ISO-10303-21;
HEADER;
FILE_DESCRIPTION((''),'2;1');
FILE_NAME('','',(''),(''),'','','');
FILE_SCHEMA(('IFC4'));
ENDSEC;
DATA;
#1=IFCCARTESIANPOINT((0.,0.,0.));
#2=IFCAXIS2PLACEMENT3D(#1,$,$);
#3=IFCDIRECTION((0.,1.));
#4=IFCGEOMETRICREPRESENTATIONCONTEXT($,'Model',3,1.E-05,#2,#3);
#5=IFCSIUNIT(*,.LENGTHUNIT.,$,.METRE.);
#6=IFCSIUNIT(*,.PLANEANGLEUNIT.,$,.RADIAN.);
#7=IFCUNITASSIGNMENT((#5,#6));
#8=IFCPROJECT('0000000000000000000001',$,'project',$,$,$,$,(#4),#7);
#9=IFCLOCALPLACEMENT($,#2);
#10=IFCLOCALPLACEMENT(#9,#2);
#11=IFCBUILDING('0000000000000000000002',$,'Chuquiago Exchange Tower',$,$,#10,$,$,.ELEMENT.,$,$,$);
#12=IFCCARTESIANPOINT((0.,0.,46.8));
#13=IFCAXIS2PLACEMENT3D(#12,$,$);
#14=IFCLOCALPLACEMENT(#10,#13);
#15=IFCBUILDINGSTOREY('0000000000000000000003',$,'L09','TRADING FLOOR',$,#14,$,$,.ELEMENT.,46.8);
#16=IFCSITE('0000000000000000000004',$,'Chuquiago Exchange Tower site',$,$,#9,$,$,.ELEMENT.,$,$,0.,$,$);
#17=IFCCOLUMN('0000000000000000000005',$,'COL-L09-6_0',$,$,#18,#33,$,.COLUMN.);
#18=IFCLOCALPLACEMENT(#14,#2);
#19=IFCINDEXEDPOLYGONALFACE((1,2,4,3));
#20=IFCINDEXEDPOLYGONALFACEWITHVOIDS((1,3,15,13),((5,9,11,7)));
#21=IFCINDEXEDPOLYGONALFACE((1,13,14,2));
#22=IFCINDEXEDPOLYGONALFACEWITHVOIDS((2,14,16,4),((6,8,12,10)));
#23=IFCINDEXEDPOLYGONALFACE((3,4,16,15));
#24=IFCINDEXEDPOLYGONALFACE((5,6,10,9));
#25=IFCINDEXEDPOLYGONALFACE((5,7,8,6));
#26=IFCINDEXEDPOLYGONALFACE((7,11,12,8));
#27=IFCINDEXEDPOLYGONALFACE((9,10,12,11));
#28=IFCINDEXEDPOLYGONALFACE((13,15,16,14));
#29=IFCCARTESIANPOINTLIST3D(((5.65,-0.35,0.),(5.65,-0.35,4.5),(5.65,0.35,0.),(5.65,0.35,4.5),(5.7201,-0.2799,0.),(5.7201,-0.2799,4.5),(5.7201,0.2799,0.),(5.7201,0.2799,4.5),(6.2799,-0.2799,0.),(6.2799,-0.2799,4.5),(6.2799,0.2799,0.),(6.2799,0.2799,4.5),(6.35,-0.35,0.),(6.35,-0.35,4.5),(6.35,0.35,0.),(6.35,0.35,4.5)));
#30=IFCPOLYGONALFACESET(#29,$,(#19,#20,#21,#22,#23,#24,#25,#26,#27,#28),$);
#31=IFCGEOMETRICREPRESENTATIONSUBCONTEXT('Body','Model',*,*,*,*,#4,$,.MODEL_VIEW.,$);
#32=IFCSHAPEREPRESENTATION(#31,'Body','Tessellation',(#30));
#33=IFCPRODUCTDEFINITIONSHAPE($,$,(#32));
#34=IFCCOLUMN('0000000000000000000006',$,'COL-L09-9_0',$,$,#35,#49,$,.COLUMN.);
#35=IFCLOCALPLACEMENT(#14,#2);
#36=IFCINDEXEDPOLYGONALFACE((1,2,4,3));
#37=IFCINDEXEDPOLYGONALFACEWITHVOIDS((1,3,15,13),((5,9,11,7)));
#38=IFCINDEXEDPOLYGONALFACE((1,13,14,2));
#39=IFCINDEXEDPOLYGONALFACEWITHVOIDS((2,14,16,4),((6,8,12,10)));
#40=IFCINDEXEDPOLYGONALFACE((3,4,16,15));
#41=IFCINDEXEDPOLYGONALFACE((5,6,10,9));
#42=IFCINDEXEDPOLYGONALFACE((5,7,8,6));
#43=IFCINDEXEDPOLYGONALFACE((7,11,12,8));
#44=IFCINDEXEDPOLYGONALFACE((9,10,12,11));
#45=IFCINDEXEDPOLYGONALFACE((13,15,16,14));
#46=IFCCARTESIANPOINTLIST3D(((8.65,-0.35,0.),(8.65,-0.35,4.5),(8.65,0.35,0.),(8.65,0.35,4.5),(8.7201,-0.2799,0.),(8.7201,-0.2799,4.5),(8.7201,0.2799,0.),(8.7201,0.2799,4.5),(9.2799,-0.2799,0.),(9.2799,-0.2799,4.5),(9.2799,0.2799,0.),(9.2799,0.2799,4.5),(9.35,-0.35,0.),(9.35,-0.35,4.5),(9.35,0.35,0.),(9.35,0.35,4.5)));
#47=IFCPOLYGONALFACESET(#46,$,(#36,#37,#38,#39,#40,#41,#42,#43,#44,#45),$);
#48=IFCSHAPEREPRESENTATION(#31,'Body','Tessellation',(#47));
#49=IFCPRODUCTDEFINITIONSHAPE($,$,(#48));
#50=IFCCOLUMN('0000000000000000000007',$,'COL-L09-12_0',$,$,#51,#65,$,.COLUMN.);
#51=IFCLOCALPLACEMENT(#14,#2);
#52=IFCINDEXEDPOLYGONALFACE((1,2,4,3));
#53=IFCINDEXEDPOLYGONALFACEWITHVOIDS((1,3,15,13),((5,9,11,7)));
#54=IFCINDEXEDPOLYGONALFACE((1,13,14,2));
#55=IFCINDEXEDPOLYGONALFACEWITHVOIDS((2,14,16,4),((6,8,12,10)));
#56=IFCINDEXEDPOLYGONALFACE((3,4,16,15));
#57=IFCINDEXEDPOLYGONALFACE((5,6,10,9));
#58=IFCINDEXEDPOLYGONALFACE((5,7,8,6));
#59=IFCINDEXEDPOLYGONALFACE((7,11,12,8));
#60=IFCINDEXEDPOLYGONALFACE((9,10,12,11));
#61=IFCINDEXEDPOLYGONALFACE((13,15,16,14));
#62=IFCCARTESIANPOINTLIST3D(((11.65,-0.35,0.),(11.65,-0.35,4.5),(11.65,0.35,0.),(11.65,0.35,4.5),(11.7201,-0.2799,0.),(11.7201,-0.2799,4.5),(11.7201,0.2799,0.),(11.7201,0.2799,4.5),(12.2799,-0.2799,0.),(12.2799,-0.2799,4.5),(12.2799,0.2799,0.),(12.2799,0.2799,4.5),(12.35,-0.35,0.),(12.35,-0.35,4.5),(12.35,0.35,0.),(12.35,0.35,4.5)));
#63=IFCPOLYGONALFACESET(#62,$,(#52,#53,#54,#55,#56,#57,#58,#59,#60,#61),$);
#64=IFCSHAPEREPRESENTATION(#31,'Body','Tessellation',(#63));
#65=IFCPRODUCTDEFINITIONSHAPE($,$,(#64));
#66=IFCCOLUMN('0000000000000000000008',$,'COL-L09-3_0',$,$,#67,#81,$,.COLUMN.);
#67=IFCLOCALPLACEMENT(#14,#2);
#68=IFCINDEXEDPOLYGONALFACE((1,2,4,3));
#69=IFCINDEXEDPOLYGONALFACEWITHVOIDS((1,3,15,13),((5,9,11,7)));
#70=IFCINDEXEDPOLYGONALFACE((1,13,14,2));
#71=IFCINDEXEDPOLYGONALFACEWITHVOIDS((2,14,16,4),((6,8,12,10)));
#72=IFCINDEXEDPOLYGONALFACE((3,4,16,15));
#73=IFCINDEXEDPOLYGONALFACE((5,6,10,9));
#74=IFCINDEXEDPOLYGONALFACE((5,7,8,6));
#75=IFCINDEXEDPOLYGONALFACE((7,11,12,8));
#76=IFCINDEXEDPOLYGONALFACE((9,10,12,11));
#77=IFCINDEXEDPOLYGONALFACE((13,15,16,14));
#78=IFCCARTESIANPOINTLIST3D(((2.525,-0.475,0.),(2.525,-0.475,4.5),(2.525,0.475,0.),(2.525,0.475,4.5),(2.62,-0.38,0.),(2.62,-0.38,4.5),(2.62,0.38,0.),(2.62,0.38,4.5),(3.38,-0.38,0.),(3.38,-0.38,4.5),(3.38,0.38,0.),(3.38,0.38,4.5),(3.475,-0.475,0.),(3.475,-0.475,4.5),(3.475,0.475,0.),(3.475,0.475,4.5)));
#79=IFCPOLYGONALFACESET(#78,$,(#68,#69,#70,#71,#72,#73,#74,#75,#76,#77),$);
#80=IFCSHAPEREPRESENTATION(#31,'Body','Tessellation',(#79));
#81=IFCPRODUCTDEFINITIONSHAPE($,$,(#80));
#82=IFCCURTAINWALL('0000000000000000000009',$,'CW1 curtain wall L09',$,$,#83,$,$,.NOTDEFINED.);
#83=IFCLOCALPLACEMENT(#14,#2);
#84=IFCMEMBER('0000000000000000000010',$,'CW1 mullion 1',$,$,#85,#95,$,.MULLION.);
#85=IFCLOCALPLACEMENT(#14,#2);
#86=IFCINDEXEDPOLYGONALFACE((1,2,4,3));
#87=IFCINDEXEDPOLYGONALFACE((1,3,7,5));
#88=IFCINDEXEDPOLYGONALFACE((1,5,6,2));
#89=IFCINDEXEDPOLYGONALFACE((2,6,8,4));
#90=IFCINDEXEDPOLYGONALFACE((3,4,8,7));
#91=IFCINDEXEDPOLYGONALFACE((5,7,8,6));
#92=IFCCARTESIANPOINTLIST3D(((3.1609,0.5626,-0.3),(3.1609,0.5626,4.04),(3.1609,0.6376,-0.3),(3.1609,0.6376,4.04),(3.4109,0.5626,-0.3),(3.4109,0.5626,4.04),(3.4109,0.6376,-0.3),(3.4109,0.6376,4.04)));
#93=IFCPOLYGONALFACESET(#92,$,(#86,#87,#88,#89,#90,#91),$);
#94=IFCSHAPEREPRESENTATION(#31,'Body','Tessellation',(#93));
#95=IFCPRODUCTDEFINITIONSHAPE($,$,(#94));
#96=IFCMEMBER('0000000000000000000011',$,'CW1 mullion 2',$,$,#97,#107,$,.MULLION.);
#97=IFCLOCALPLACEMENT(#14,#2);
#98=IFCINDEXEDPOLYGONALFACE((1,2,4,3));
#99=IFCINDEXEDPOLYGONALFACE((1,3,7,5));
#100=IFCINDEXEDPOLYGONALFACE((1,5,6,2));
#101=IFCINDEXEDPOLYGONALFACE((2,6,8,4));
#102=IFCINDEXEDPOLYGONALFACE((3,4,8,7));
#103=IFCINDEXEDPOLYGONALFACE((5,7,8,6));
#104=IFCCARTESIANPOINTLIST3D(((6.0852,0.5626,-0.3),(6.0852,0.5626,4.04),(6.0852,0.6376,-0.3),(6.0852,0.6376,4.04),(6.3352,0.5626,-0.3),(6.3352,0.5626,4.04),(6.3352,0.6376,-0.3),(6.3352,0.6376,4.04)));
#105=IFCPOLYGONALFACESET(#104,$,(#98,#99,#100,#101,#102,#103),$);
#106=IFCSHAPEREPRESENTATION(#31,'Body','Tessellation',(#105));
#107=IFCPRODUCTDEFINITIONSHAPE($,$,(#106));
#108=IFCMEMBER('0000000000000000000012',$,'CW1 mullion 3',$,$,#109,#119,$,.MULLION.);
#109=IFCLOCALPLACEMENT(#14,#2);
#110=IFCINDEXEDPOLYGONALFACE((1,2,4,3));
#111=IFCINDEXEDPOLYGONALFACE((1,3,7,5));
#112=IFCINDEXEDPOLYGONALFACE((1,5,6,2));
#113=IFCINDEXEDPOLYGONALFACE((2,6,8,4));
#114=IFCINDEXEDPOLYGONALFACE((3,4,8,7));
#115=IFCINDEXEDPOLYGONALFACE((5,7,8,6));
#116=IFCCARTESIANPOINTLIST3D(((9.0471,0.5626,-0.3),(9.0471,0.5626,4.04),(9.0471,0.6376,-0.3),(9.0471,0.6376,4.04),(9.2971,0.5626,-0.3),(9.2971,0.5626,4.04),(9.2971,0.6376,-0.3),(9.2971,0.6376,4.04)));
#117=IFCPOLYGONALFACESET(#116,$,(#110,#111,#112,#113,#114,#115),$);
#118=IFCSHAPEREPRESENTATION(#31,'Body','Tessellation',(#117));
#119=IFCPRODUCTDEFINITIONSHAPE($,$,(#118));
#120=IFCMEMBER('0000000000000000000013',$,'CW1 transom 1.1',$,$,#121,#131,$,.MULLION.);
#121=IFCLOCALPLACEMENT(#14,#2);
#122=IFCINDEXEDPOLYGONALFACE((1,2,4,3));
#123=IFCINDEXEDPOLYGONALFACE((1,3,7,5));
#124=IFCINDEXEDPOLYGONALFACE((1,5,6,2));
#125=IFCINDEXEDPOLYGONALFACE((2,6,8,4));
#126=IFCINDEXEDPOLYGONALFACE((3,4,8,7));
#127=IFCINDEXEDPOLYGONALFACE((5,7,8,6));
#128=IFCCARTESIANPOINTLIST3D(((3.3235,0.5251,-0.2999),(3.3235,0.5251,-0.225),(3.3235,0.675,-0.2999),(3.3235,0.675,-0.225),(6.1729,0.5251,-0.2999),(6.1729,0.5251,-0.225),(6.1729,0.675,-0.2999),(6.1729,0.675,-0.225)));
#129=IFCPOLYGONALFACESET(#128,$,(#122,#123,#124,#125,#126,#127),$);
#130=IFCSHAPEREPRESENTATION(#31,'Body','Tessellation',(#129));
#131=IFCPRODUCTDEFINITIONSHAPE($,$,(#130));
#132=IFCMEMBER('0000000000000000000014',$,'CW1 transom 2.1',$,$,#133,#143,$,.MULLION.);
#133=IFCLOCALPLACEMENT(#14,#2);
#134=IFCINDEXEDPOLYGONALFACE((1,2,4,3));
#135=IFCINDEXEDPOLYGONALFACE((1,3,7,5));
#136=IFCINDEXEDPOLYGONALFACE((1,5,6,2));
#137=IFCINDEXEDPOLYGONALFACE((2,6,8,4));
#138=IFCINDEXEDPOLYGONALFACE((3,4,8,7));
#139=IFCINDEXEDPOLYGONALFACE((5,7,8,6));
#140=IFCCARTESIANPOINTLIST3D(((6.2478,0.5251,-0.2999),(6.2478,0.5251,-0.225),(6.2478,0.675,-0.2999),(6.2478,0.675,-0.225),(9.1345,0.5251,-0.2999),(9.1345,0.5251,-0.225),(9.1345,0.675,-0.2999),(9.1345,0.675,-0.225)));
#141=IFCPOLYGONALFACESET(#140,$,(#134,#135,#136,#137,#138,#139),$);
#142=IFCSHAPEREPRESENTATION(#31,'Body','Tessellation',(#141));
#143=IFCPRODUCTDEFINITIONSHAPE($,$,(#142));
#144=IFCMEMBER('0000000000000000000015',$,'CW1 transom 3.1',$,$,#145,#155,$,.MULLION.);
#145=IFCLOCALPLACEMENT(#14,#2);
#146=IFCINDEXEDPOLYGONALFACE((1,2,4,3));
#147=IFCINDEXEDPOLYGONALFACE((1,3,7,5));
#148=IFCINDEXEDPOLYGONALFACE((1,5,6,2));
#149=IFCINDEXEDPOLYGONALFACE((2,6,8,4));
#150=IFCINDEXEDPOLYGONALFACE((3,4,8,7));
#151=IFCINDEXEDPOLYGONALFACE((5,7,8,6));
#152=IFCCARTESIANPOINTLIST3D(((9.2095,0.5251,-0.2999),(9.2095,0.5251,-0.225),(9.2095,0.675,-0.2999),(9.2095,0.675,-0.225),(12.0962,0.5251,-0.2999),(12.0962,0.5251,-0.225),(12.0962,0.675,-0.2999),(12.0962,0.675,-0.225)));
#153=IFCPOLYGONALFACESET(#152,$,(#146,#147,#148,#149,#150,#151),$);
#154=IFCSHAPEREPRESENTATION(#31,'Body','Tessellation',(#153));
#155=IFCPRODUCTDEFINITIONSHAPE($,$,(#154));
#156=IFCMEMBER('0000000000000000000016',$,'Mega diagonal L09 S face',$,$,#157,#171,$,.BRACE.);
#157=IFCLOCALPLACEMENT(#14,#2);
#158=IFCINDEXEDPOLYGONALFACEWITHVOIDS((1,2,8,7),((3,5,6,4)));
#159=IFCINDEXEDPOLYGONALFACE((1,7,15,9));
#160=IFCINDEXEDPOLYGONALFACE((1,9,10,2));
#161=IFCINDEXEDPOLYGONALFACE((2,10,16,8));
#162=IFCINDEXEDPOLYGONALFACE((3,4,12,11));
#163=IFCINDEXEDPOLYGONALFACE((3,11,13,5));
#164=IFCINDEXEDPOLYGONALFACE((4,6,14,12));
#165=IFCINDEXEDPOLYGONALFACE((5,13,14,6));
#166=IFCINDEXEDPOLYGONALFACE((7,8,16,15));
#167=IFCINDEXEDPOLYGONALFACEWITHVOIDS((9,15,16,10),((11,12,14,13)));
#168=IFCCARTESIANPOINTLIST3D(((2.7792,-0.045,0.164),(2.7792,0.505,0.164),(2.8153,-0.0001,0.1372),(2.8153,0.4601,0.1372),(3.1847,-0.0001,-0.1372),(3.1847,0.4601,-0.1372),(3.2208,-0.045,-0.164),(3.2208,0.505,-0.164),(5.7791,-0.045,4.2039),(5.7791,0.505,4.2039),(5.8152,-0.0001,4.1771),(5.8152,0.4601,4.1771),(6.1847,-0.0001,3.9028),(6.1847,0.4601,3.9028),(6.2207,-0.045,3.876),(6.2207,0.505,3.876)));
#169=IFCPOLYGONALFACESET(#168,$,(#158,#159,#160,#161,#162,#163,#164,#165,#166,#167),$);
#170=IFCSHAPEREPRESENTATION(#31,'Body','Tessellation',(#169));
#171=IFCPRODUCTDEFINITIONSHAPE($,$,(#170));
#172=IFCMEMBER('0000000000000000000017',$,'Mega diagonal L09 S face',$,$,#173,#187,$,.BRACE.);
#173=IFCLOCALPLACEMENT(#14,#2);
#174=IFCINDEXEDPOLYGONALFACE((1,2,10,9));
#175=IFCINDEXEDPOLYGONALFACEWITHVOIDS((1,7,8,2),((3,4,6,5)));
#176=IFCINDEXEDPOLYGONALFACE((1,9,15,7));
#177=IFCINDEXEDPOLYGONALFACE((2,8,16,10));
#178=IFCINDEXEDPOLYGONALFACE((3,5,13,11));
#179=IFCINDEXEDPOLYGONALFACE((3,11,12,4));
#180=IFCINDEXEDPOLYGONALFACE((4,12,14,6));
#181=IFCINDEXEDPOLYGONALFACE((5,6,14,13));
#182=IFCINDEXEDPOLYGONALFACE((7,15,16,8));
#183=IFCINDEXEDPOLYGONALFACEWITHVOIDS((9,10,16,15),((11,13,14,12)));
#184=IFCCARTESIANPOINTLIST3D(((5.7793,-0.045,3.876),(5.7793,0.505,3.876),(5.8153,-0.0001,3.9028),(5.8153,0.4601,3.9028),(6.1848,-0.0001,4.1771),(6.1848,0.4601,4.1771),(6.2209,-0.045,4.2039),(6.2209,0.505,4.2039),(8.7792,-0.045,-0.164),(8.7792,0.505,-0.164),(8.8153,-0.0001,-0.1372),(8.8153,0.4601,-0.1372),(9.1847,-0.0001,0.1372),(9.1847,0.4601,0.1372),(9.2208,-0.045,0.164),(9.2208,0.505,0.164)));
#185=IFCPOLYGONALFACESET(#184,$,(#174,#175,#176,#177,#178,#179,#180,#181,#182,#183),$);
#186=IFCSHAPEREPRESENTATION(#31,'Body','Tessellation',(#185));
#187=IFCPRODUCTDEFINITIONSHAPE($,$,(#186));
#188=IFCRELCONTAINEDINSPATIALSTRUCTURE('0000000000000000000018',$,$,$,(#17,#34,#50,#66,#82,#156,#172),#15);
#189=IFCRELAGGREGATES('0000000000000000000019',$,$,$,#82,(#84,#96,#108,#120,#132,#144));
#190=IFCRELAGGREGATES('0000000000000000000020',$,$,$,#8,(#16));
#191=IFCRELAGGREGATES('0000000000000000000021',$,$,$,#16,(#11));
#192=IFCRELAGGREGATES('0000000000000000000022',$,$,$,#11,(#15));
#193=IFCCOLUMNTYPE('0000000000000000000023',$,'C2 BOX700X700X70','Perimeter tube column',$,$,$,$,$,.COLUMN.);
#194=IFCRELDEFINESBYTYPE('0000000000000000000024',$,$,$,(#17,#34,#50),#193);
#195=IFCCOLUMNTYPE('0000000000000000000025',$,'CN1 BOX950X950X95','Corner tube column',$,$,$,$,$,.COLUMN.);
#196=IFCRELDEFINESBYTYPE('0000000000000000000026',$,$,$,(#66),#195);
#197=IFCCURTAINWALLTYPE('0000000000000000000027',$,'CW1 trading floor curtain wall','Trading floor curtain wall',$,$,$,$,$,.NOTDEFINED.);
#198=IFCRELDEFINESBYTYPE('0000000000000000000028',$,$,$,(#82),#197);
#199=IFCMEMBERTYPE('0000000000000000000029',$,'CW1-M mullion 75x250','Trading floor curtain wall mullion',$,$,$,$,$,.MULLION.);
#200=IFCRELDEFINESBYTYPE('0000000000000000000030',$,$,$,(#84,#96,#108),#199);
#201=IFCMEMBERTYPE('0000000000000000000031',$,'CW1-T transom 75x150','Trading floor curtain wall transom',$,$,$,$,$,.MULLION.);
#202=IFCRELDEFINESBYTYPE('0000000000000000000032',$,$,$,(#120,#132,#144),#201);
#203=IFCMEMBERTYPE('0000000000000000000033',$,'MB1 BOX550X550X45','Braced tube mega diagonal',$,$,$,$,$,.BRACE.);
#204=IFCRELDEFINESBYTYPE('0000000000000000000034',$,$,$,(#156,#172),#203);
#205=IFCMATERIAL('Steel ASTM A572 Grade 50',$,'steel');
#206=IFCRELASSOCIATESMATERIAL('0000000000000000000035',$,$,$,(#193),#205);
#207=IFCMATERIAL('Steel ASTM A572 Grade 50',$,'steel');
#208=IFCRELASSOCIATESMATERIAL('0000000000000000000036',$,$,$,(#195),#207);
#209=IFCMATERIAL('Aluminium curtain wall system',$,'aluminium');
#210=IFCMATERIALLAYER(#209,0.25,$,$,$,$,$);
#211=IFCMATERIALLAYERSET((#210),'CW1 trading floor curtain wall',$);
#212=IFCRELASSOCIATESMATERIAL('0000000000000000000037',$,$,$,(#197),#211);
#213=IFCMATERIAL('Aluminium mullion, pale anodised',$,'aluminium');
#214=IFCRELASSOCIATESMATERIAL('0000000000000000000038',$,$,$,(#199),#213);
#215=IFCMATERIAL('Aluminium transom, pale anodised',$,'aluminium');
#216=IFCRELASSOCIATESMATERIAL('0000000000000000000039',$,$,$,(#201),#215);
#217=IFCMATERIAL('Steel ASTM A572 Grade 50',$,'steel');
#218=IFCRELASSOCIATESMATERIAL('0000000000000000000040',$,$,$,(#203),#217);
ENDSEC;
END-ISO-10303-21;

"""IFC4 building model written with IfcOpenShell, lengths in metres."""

from ifc_helpers import new_model, si_unit, direction, frame, origin, origin_2d, place, context, subcontext, project, spatial, rectangle, hollow_rectangle, extrude, material, layer, layer_set, material_profile, profile_set, type_object, element, aggregate, save


model = new_model("IFC4")

# Units and contexts
model_context = context("Model", 3, precision=1e-05, world=origin(), true_north=direction((0.0, 1.0)))
body_context = subcontext(model_context, "Body", "Model", "MODEL_VIEW")
ifc_project = project(units=[si_unit("LENGTHUNIT", "METRE"), si_unit("PLANEANGLEUNIT", "RADIAN")], contexts=[model_context])

# Site, building, storey
site_placement = place(None, origin())
site = spatial("IfcSite", under=ifc_project, at=site_placement, Name="Chuquiago Exchange Tower site", CompositionType="ELEMENT", RefElevation=0.0)
building_placement = place(site_placement, origin())
building = spatial("IfcBuilding", under=site, at=building_placement, Name="Chuquiago Exchange Tower", CompositionType="ELEMENT")
storey_placement = place(building_placement, frame((0.0, 0.0, 46.8)))
storey = spatial("IfcBuildingStorey", under=building, at=storey_placement, Name="L09", Description="TRADING FLOOR", CompositionType="ELEMENT", Elevation=46.8)

# Columns
ifc_material_1 = material(Name="Steel ASTM A572 Grade 50", Category="steel")
ifc_material_profile_1 = material_profile(ifc_material_1, hollow_rectangle(XDim=0.7, YDim=0.7, WallThickness=0.0701, at=origin_2d()), Name="BOX700X700X70")
ifc_profile_set_1 = profile_set([ifc_material_profile_1], Name="Steel ASTM A572 Grade 50")
column_type_1 = type_object("IfcColumnType", Name="C2 BOX700X700X70", Description="Perimeter tube column", PredefinedType="COLUMN", material=ifc_profile_set_1)
for number, where, z_axis, x_axis, name in (
    (1, (6.0, 0.0, 0.0), (0.0, 0.0, 1.0), (0.0, -1.0, 0.0), "COL-L09-6_0"),
    (2, (9.0, 0.0, 0.0), (0.0, 0.0, 1.0), (0.0, -1.0, 0.0), "COL-L09-9_0"),
    (3, (12.0, 0.0, 0.0), (0.0, 0.0, 1.0), (0.0, -1.0, 0.0), "COL-L09-12_0"),
):
    element("IfcColumn", number, at=place(storey_placement, frame(where, z_axis=z_axis, x_axis=x_axis)), inside=storey, type_object=column_type_1, Name=name, PredefinedType="COLUMN", context=body_context, shape_type="SweptSolid", body=[
        extrude(hollow_rectangle(XDim=0.7, YDim=0.7, WallThickness=0.0701, at=origin_2d()), origin(), (0.0, 0.0, 1.0), 4.5),
    ])
ifc_material_2 = material(Name="Steel ASTM A572 Grade 50", Category="steel")
ifc_material_profile_2 = material_profile(ifc_material_2, hollow_rectangle(XDim=0.95, YDim=0.95, WallThickness=0.095, at=origin_2d()), Name="BOX950X950X95")
ifc_profile_set_2 = profile_set([ifc_material_profile_2], Name="Steel ASTM A572 Grade 50")
column_type_2 = type_object("IfcColumnType", Name="CN1 BOX950X950X95", Description="Corner tube column", PredefinedType="COLUMN", material=ifc_profile_set_2)
column_placement = place(storey_placement, frame((3.0, 0.0, 0.0), z_axis=(0.0, 0.0, 1.0), x_axis=(0.0, -1.0, 0.0)))
element("IfcColumn", 4, at=column_placement, inside=storey, type_object=column_type_2, Name="COL-L09-3_0", PredefinedType="COLUMN", context=body_context, shape_type="SweptSolid", body=[
    extrude(hollow_rectangle(XDim=0.95, YDim=0.95, WallThickness=0.095, at=origin_2d()), origin(), (0.0, 0.0, 1.0), 4.5),
])

# Curtain wall, members
ifc_material_3 = material(Name="Aluminium curtain wall system", Category="aluminium")
ifc_layer_1 = layer(ifc_material_3, 0.25)
ifc_layer_set_1 = layer_set([ifc_layer_1], Name="CW1 trading floor curtain wall")
curtain_wall_type = type_object("IfcCurtainWallType", Name="CW1 trading floor curtain wall", Description="Trading floor curtain wall", PredefinedType="NOTDEFINED", material=ifc_layer_set_1)
curtain_wall_placement = place(storey_placement, origin())
curtain_wall = element("IfcCurtainWall", 5, at=curtain_wall_placement, inside=storey, type_object=curtain_wall_type, Name="CW1 curtain wall L09", PredefinedType="NOTDEFINED")
ifc_material_4 = material(Name="Aluminium mullion, pale anodised", Category="aluminium")
ifc_material_profile_3 = material_profile(ifc_material_4, rectangle(XDim=0.075, YDim=0.25, at=origin_2d()), Name="AL 75x250")
ifc_profile_set_3 = profile_set([ifc_material_profile_3], Name="Aluminium mullion, pale anodised")
member_type_1 = type_object("IfcMemberType", Name="CW1-M mullion 75x250", Description="Trading floor curtain wall mullion", PredefinedType="MULLION", material=ifc_profile_set_3)
member_1_placement = place(storey_placement, frame((3.2859, 0.6001, -0.3), z_axis=(0.0, 0.0, 1.0), x_axis=(0.0, 1.0, 0.0)))
member_1 = element("IfcMember", 6, at=member_1_placement, type_object=member_type_1, Name="CW1 mullion 1", PredefinedType="MULLION", context=body_context, shape_type="SweptSolid", body=[
    extrude(rectangle(XDim=0.075, YDim=0.25, at=origin_2d()), origin(), (0.0, 0.0, 1.0), 4.3401),
])
member_2_placement = place(storey_placement, frame((6.2102, 0.6001, -0.3), z_axis=(0.0, 0.0, 1.0), x_axis=(0.0, 1.0, 0.0)))
member_2 = element("IfcMember", 7, at=member_2_placement, type_object=member_type_1, Name="CW1 mullion 2", PredefinedType="MULLION", context=body_context, shape_type="SweptSolid", body=[
    extrude(rectangle(XDim=0.075, YDim=0.25, at=origin_2d()), origin(), (0.0, 0.0, 1.0), 4.3401),
])
member_3_placement = place(storey_placement, frame((9.1721, 0.6001, -0.3), z_axis=(0.0, 0.0, 1.0), x_axis=(0.0, 1.0, 0.0)))
member_3 = element("IfcMember", 8, at=member_3_placement, type_object=member_type_1, Name="CW1 mullion 3", PredefinedType="MULLION", context=body_context, shape_type="SweptSolid", body=[
    extrude(rectangle(XDim=0.075, YDim=0.25, at=origin_2d()), origin(), (0.0, 0.0, 1.0), 4.3401),
])
ifc_material_5 = material(Name="Aluminium transom, pale anodised", Category="aluminium")
ifc_material_profile_4 = material_profile(ifc_material_5, rectangle(XDim=0.1499, YDim=0.075, at=origin_2d()), Name="AL 150x75")
ifc_profile_set_4 = profile_set([ifc_material_profile_4], Name="Aluminium transom, pale anodised")
member_type_2 = type_object("IfcMemberType", Name="CW1-T transom 75x150", Description="Trading floor curtain wall transom", PredefinedType="MULLION", material=ifc_profile_set_4)
member_4_placement = place(storey_placement, frame((3.3235, 0.6001, -0.2625), z_axis=(1.0, 0.0, 0.0), x_axis=(0.0, 1.0, 0.0)))
member_4 = element("IfcMember", 9, at=member_4_placement, type_object=member_type_2, Name="CW1 transom 1.1", PredefinedType="MULLION", context=body_context, shape_type="SweptSolid", body=[
    extrude(rectangle(XDim=0.1499, YDim=0.075, at=origin_2d()), origin(), (0.0, 0.0, 1.0), 2.8494),
])
member_5_placement = place(storey_placement, frame((6.2478, 0.6001, -0.2625), z_axis=(1.0, 0.0, 0.0), x_axis=(0.0, 1.0, 0.0)))
member_5 = element("IfcMember", 10, at=member_5_placement, type_object=member_type_2, Name="CW1 transom 2.1", PredefinedType="MULLION", context=body_context, shape_type="SweptSolid", body=[
    extrude(rectangle(XDim=0.1499, YDim=0.075, at=origin_2d()), origin(), (0.0, 0.0, 1.0), 2.8867),
])
member_6_placement = place(storey_placement, frame((9.2095, 0.6001, -0.2625), z_axis=(1.0, 0.0, 0.0), x_axis=(0.0, 1.0, 0.0)))
member_6 = element("IfcMember", 11, at=member_6_placement, type_object=member_type_2, Name="CW1 transom 3.1", PredefinedType="MULLION", context=body_context, shape_type="SweptSolid", body=[
    extrude(rectangle(XDim=0.1499, YDim=0.075, at=origin_2d()), origin(), (0.0, 0.0, 1.0), 2.8867),
])

# Members
ifc_material_6 = material(Name="Steel ASTM A572 Grade 50", Category="steel")
ifc_material_profile_5 = material_profile(ifc_material_6, hollow_rectangle(XDim=0.55, YDim=0.55, WallThickness=0.0449, at=origin_2d()), Name="BOX550X550X45")
ifc_profile_set_5 = profile_set([ifc_material_profile_5], Name="Steel ASTM A572 Grade 50")
member_type_3 = type_object("IfcMemberType", Name="MB1 BOX550X550X45", Description="Braced tube mega diagonal", PredefinedType="BRACE", material=ifc_profile_set_5)
for number, where, z_axis, x_axis, name in (
    (12, (3.0, 0.23, 0.0), (0.596174, 0.0, 0.802855), (0.0, 1.0, 0.0), "Mega diagonal L09 S face"),
    (13, (9.0, 0.23, 0.0), (-0.596174, 0.0, 0.802855), (0.0, -1.0, 0.0), "Mega diagonal L09 S face"),
):
    element("IfcMember", number, at=place(storey_placement, frame(where, z_axis=z_axis, x_axis=x_axis)), inside=storey, type_object=member_type_3, Name=name, PredefinedType="BRACE", context=body_context, shape_type="SweptSolid", body=[
        extrude(hollow_rectangle(XDim=0.55, YDim=0.55, WallThickness=0.0449, at=origin_2d()), origin(), (0.0, 0.0, 1.0), 5.032),
    ])

aggregate(curtain_wall, [member_1, member_2, member_3, member_4, member_5, member_6])

save(model, "model.ifc")
